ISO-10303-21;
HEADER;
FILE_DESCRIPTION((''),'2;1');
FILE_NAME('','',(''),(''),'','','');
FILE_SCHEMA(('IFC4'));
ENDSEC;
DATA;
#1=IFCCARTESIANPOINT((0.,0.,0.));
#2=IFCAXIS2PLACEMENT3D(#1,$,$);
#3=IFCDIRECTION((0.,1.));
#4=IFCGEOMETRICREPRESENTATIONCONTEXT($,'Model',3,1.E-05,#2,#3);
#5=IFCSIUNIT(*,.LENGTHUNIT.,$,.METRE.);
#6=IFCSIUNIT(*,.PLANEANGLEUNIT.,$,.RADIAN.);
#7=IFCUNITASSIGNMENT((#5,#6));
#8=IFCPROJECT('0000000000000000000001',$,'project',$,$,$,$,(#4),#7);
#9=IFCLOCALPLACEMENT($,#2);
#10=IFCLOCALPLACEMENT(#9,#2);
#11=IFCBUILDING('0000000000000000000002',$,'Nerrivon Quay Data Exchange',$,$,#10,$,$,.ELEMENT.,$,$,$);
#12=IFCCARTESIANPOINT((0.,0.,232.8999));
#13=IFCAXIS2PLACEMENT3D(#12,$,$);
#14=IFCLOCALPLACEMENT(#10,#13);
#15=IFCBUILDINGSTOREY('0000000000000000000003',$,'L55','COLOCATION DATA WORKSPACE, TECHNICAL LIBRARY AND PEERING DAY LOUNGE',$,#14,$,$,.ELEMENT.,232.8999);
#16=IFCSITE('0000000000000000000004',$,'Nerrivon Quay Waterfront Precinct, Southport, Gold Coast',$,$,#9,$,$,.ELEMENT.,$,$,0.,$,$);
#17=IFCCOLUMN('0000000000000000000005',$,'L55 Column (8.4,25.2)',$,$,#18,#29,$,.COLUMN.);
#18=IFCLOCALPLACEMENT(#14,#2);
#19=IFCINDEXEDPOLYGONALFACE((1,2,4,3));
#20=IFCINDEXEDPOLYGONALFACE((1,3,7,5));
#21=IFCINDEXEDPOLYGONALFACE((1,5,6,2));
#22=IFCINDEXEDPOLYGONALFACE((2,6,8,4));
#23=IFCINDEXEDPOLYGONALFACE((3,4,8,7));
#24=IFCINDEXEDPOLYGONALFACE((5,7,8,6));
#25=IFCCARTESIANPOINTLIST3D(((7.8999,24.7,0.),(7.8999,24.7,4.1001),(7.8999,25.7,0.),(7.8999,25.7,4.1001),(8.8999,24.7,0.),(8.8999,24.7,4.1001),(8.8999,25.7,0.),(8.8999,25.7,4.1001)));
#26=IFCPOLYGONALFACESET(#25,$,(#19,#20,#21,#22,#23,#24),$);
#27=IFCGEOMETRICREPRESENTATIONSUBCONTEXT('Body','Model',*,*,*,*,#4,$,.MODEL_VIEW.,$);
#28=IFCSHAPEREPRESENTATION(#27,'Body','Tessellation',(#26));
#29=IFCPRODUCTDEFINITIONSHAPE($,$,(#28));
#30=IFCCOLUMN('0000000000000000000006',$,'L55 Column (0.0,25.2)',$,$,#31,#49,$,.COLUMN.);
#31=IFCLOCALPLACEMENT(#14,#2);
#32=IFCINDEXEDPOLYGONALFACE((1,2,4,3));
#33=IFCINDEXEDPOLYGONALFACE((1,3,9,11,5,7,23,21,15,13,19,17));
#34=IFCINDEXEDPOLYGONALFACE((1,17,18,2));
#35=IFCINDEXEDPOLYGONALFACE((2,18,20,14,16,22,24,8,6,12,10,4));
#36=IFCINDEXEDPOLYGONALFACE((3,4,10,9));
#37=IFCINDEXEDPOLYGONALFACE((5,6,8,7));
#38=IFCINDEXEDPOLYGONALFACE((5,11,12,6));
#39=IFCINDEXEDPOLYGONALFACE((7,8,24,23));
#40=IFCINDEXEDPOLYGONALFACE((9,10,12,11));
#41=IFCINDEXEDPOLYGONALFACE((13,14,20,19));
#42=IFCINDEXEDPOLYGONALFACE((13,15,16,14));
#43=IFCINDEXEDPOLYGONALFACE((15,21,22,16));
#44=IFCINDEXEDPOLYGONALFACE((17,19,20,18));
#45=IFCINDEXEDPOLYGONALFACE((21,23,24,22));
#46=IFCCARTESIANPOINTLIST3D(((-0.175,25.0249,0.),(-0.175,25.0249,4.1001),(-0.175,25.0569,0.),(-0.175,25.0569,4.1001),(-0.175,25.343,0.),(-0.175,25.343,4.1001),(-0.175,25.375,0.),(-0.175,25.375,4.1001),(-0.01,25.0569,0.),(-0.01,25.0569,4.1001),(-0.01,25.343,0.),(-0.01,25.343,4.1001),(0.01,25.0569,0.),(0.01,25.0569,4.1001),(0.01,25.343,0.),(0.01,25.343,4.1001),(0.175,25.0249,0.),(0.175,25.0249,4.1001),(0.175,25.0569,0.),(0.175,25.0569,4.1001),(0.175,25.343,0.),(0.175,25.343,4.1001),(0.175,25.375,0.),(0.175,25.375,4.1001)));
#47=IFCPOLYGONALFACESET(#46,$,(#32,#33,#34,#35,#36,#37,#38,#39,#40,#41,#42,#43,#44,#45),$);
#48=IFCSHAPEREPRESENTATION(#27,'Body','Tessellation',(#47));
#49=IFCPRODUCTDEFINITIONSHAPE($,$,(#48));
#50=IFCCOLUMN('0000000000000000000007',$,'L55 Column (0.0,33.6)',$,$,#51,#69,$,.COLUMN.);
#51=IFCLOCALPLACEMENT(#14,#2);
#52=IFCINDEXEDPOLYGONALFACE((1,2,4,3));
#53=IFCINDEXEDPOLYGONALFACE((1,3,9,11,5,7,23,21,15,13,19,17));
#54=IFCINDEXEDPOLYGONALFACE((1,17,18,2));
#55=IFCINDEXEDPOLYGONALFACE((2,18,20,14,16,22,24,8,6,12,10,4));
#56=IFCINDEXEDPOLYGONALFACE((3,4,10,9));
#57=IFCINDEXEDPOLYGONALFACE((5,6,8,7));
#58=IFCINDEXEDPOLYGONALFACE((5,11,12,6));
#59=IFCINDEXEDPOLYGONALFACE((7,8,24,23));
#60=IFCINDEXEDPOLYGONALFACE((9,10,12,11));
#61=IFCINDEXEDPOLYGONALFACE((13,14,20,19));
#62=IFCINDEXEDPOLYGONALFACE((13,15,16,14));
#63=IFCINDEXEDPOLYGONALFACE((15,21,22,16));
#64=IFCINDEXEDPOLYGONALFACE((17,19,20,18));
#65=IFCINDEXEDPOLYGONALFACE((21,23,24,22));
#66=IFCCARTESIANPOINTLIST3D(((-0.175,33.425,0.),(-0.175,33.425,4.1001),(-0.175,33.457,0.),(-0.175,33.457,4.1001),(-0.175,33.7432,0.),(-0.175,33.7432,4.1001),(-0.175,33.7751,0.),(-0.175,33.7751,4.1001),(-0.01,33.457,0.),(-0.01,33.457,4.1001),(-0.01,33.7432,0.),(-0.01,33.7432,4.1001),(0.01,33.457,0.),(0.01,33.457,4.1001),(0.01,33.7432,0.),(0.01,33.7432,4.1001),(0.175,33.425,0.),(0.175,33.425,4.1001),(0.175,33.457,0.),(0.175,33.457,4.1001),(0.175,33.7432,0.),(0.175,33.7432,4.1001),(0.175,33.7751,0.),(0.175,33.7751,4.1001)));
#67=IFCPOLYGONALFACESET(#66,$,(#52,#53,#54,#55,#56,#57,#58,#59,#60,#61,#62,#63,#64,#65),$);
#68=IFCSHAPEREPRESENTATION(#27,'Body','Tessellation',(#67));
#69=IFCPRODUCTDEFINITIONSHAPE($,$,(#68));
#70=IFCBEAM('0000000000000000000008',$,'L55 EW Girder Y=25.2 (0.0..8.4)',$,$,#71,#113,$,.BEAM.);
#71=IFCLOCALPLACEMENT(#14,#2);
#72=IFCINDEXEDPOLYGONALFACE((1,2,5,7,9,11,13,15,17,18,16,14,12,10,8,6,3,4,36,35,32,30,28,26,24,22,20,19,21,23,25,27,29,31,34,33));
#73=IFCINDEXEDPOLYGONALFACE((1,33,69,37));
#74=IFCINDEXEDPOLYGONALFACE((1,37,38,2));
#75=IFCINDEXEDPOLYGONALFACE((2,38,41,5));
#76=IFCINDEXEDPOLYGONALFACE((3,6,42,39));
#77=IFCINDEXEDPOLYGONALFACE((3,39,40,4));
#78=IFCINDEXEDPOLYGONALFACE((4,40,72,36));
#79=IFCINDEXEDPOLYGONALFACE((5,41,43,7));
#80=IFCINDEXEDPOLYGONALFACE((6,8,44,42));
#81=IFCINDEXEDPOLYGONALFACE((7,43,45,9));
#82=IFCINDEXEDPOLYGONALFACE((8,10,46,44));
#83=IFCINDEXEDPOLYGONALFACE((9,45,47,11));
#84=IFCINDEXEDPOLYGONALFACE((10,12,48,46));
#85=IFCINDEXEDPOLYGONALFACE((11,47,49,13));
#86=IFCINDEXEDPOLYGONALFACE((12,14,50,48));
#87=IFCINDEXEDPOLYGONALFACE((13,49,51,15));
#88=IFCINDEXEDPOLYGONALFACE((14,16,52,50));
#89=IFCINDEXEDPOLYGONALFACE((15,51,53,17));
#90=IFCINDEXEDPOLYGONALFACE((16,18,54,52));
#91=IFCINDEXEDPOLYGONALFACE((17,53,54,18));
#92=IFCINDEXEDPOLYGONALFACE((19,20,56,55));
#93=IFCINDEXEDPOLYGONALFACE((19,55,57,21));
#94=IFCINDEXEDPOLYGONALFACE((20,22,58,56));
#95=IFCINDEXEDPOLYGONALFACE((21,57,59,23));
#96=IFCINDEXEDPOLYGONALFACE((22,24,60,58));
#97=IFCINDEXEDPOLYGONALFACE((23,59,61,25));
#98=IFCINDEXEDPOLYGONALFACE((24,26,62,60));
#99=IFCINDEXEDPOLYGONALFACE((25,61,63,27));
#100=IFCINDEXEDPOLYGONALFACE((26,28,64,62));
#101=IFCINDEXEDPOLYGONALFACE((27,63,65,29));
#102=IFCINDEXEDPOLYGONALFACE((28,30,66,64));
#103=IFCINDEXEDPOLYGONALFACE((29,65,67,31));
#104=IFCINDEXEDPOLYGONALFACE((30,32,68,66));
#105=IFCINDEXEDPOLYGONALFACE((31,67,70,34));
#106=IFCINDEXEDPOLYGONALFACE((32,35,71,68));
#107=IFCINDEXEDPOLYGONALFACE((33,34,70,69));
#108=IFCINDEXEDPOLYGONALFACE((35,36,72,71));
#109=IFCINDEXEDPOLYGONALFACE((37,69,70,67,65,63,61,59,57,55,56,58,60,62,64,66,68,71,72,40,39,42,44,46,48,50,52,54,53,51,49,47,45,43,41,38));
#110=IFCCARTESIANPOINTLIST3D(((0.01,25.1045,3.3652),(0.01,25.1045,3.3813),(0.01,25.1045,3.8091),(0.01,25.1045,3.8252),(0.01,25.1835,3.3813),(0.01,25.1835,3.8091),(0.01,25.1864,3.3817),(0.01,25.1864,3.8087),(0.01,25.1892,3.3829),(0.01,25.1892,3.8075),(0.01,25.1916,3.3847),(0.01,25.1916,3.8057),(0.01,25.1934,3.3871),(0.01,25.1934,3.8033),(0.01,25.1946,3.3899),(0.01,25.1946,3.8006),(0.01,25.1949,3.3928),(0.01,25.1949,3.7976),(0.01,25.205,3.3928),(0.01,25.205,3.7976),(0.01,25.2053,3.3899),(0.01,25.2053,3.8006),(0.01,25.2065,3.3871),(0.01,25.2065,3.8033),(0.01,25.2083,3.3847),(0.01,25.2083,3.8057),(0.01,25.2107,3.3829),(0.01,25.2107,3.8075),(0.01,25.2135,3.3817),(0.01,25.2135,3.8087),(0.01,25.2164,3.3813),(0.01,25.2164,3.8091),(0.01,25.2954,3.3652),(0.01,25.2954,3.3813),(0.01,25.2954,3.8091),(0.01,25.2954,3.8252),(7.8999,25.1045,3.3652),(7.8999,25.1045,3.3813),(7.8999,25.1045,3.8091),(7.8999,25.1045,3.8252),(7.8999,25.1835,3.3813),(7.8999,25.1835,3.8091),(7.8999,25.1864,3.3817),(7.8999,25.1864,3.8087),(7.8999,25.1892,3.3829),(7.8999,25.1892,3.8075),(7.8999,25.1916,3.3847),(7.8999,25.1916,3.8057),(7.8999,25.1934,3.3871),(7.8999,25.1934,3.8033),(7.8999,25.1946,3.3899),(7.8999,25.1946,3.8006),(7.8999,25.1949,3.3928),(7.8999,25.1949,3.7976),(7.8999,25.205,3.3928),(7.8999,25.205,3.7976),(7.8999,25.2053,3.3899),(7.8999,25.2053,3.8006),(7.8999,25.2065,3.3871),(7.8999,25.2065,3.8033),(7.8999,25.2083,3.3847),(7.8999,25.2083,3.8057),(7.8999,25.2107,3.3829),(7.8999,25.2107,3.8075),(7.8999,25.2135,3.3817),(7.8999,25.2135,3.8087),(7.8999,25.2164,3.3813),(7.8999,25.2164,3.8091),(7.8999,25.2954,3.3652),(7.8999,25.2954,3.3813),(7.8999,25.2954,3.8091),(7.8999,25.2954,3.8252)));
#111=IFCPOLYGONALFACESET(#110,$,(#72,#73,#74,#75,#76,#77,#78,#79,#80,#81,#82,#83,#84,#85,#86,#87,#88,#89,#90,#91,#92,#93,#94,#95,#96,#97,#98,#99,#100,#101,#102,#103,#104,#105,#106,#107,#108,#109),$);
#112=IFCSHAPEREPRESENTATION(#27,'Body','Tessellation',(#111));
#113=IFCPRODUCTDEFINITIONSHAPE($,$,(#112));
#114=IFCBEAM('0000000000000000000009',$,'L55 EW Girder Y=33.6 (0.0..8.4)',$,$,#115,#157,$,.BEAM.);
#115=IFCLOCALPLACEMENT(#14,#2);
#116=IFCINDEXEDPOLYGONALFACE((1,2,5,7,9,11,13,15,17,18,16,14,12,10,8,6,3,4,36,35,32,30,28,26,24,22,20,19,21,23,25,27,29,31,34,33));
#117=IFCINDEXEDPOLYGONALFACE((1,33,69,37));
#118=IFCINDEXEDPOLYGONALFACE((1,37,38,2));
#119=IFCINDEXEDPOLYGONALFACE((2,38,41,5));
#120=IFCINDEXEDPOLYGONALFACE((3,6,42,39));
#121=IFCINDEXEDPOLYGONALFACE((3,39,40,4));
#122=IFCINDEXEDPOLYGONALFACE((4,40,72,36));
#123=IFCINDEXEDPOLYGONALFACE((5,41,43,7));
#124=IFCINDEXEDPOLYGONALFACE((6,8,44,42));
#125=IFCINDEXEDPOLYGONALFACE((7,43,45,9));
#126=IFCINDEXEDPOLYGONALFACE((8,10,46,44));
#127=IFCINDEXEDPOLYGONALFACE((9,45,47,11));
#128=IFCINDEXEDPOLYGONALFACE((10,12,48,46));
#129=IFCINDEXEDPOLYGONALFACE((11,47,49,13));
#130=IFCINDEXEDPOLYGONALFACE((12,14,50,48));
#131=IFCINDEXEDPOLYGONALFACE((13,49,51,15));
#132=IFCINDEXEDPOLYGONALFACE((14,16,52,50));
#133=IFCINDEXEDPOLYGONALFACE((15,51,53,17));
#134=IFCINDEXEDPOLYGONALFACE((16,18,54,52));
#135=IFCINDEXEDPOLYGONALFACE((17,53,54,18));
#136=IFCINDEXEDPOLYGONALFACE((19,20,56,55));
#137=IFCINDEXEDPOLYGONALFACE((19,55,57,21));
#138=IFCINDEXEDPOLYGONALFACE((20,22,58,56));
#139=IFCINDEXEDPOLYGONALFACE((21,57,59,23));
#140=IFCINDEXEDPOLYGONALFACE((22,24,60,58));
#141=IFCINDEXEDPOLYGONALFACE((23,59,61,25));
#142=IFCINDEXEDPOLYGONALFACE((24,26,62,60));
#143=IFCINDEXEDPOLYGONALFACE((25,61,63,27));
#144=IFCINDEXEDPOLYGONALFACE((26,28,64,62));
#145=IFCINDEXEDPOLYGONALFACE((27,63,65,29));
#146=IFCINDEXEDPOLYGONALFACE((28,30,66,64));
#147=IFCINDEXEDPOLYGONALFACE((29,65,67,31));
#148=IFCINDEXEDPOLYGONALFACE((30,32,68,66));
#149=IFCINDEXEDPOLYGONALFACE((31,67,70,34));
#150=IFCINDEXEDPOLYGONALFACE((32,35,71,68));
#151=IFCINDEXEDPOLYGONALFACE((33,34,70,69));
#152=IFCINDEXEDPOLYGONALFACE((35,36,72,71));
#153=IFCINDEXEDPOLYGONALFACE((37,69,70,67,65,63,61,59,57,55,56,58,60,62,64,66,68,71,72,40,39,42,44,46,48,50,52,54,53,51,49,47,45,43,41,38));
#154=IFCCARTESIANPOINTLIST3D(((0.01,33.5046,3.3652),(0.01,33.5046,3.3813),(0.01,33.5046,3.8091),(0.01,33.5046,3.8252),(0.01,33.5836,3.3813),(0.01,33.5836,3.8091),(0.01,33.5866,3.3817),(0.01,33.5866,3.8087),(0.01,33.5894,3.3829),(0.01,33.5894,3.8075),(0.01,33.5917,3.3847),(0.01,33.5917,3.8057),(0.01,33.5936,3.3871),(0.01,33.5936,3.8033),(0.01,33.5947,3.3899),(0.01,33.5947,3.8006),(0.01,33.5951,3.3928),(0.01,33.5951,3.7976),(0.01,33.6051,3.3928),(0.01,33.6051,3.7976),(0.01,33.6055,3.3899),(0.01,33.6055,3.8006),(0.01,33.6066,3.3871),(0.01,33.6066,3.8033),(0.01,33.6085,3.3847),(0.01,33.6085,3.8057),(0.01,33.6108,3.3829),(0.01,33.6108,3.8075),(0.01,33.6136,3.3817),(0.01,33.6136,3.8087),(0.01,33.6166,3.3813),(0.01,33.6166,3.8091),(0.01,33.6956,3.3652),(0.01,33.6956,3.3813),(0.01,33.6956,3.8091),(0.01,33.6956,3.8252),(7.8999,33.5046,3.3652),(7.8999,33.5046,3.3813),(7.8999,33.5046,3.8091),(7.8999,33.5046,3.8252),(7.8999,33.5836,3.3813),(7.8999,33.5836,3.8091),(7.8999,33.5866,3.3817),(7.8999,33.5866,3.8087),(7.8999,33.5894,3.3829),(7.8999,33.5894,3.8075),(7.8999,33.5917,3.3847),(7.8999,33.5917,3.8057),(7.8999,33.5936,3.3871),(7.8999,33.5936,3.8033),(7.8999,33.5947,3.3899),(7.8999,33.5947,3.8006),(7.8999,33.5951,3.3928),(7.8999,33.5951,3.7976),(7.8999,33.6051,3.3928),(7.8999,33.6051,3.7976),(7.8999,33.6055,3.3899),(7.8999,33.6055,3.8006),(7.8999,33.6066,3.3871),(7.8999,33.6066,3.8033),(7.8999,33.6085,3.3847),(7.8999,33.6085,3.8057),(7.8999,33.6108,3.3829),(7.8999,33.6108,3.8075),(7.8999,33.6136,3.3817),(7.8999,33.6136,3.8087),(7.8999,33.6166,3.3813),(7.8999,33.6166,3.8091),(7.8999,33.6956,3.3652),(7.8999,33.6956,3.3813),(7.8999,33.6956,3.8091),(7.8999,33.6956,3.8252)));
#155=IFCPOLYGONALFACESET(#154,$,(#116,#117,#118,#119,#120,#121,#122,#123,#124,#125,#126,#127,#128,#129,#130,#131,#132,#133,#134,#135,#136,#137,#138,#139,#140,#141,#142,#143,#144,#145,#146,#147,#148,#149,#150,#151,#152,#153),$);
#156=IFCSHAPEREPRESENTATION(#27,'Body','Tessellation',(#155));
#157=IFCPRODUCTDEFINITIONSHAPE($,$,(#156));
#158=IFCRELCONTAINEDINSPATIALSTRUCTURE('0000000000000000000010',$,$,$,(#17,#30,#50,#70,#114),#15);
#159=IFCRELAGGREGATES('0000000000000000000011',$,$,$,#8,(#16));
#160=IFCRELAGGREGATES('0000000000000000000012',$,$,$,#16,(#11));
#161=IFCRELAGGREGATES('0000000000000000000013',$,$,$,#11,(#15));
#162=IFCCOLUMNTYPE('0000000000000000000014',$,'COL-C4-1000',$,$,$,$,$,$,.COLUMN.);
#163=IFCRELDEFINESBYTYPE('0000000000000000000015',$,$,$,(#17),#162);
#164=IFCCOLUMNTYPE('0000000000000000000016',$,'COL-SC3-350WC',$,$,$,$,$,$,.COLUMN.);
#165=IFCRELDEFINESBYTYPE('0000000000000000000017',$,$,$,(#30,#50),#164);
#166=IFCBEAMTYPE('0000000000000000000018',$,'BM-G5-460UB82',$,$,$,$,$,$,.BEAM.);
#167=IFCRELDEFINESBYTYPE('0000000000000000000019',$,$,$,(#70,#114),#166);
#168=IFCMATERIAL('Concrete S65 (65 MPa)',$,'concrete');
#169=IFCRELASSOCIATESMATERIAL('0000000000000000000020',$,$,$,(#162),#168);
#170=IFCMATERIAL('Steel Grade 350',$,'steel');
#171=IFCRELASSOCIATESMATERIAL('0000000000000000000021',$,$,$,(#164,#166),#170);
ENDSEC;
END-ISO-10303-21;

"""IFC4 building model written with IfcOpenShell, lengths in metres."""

from ifc_helpers import new_model, si_unit, direction, frame, origin, origin_2d, place, context, subcontext, project, spatial, rectangle, i_section, extrude, material, material_profile, profile_set, type_object, element, save


model = new_model("IFC4")

# Units and contexts
model_context = context("Model", 3, precision=1e-05, world=origin(), true_north=direction((0.0, 1.0)))
body_context = subcontext(model_context, "Body", "Model", "MODEL_VIEW")
ifc_project = project(units=[si_unit("LENGTHUNIT", "METRE"), si_unit("PLANEANGLEUNIT", "RADIAN")], contexts=[model_context])

# Site, building, storey
site_placement = place(None, origin())
site = spatial("IfcSite", under=ifc_project, at=site_placement, Name="Nerrivon Quay Waterfront Precinct, Southport, Gold Coast", CompositionType="ELEMENT", RefElevation=0.0)
building_placement = place(site_placement, origin())
building = spatial("IfcBuilding", under=site, at=building_placement, Name="Nerrivon Quay Data Exchange", CompositionType="ELEMENT")
storey_placement = place(building_placement, frame((0.0, 0.0, 232.8999)))
storey = spatial("IfcBuildingStorey", under=building, at=storey_placement, Name="L55", Description="COLOCATION DATA WORKSPACE, TECHNICAL LIBRARY AND PEERING DAY LOUNGE", CompositionType="ELEMENT", Elevation=232.8999)

# Columns
ifc_material_1 = material(Name="Concrete S65 (65 MPa)", Category="concrete")
ifc_material_profile_1 = material_profile(ifc_material_1, rectangle(XDim=1.0, YDim=1.0, at=origin_2d()), Name="RC-COL-1000x1000")
ifc_profile_set_1 = profile_set([ifc_material_profile_1], Name="Concrete S65 (65 MPa)")
column_type_1 = type_object("IfcColumnType", Name="COL-C4-1000", PredefinedType="COLUMN", material=ifc_profile_set_1)
column_placement = place(storey_placement, frame((8.3999, 25.2, 0.0), z_axis=(0.0, 0.0, 1.0), x_axis=(1.0, 0.0, 0.0)))
element("IfcColumn", 1, at=column_placement, inside=storey, type_object=column_type_1, Name="L55 Column (8.4,25.2)", PredefinedType="COLUMN", context=body_context, shape_type="SweptSolid", body=[
    extrude(rectangle(XDim=1.0, YDim=1.0, at=origin_2d()), origin(), (0.0, 0.0, 1.0), 4.1001),
])
ifc_material_2 = material(Name="Steel Grade 350", Category="steel")
ifc_material_profile_2 = material_profile(ifc_material_2, i_section(OverallWidth=0.3501, OverallDepth=0.3501, WebThickness=0.02, FlangeThickness=0.032, at=origin_2d()), Name="350WC230")
ifc_profile_set_2 = profile_set([ifc_material_profile_2], Name="Steel Grade 350")
column_type_2 = type_object("IfcColumnType", Name="COL-SC3-350WC", PredefinedType="COLUMN", material=ifc_profile_set_2)
for number, where, z_axis, x_axis, name in (
    (2, (0.0, 25.2, 0.0), (0.0, 0.0, 1.0), (1.0, 0.0, 0.0), "L55 Column (0.0,25.2)"),
    (3, (0.0, 33.6001, 0.0), (0.0, 0.0, 1.0), (1.0, 0.0, 0.0), "L55 Column (0.0,33.6)"),
):
    element("IfcColumn", number, at=place(storey_placement, frame(where, z_axis=z_axis, x_axis=x_axis)), inside=storey, type_object=column_type_2, Name=name, PredefinedType="COLUMN", context=body_context, shape_type="SweptSolid", body=[
        extrude(i_section(OverallWidth=0.3501, OverallDepth=0.3501, WebThickness=0.02, FlangeThickness=0.032, at=origin_2d()), origin(), (0.0, 0.0, 1.0), 4.1001),
    ])

# Beams
ifc_material_profile_3 = material_profile(ifc_material_2, i_section(OverallWidth=0.1909, OverallDepth=0.46, WebThickness=0.01, FlangeThickness=0.0161, FilletRadius=0.0115, at=origin_2d()), Name="460UB82.1")
ifc_profile_set_3 = profile_set([ifc_material_profile_3], Name="Steel Grade 350")
beam_type_1 = type_object("IfcBeamType", Name="BM-G5-460UB82", PredefinedType="BEAM", material=ifc_profile_set_3)
for number, where, z_axis, x_axis, name in (
    (4, (0.01, 25.2, 3.5952), (1.0, 0.0, 0.0), (0.0, 1.0, 0.0), "L55 EW Girder Y=25.2 (0.0..8.4)"),
    (5, (0.01, 33.6001, 3.5952), (1.0, 0.0, 0.0), (0.0, 1.0, 0.0), "L55 EW Girder Y=33.6 (0.0..8.4)"),
):
    element("IfcBeam", number, at=place(storey_placement, frame(where, z_axis=z_axis, x_axis=x_axis)), inside=storey, type_object=beam_type_1, Name=name, PredefinedType="BEAM", context=body_context, shape_type="SweptSolid", body=[
        extrude(i_section(OverallWidth=0.1909, OverallDepth=0.46, WebThickness=0.01, FlangeThickness=0.0161, FilletRadius=0.0115, at=origin_2d()), origin(), (0.0, 0.0, 1.0), 7.8899),
    ])

save(model, "model.ifc")
